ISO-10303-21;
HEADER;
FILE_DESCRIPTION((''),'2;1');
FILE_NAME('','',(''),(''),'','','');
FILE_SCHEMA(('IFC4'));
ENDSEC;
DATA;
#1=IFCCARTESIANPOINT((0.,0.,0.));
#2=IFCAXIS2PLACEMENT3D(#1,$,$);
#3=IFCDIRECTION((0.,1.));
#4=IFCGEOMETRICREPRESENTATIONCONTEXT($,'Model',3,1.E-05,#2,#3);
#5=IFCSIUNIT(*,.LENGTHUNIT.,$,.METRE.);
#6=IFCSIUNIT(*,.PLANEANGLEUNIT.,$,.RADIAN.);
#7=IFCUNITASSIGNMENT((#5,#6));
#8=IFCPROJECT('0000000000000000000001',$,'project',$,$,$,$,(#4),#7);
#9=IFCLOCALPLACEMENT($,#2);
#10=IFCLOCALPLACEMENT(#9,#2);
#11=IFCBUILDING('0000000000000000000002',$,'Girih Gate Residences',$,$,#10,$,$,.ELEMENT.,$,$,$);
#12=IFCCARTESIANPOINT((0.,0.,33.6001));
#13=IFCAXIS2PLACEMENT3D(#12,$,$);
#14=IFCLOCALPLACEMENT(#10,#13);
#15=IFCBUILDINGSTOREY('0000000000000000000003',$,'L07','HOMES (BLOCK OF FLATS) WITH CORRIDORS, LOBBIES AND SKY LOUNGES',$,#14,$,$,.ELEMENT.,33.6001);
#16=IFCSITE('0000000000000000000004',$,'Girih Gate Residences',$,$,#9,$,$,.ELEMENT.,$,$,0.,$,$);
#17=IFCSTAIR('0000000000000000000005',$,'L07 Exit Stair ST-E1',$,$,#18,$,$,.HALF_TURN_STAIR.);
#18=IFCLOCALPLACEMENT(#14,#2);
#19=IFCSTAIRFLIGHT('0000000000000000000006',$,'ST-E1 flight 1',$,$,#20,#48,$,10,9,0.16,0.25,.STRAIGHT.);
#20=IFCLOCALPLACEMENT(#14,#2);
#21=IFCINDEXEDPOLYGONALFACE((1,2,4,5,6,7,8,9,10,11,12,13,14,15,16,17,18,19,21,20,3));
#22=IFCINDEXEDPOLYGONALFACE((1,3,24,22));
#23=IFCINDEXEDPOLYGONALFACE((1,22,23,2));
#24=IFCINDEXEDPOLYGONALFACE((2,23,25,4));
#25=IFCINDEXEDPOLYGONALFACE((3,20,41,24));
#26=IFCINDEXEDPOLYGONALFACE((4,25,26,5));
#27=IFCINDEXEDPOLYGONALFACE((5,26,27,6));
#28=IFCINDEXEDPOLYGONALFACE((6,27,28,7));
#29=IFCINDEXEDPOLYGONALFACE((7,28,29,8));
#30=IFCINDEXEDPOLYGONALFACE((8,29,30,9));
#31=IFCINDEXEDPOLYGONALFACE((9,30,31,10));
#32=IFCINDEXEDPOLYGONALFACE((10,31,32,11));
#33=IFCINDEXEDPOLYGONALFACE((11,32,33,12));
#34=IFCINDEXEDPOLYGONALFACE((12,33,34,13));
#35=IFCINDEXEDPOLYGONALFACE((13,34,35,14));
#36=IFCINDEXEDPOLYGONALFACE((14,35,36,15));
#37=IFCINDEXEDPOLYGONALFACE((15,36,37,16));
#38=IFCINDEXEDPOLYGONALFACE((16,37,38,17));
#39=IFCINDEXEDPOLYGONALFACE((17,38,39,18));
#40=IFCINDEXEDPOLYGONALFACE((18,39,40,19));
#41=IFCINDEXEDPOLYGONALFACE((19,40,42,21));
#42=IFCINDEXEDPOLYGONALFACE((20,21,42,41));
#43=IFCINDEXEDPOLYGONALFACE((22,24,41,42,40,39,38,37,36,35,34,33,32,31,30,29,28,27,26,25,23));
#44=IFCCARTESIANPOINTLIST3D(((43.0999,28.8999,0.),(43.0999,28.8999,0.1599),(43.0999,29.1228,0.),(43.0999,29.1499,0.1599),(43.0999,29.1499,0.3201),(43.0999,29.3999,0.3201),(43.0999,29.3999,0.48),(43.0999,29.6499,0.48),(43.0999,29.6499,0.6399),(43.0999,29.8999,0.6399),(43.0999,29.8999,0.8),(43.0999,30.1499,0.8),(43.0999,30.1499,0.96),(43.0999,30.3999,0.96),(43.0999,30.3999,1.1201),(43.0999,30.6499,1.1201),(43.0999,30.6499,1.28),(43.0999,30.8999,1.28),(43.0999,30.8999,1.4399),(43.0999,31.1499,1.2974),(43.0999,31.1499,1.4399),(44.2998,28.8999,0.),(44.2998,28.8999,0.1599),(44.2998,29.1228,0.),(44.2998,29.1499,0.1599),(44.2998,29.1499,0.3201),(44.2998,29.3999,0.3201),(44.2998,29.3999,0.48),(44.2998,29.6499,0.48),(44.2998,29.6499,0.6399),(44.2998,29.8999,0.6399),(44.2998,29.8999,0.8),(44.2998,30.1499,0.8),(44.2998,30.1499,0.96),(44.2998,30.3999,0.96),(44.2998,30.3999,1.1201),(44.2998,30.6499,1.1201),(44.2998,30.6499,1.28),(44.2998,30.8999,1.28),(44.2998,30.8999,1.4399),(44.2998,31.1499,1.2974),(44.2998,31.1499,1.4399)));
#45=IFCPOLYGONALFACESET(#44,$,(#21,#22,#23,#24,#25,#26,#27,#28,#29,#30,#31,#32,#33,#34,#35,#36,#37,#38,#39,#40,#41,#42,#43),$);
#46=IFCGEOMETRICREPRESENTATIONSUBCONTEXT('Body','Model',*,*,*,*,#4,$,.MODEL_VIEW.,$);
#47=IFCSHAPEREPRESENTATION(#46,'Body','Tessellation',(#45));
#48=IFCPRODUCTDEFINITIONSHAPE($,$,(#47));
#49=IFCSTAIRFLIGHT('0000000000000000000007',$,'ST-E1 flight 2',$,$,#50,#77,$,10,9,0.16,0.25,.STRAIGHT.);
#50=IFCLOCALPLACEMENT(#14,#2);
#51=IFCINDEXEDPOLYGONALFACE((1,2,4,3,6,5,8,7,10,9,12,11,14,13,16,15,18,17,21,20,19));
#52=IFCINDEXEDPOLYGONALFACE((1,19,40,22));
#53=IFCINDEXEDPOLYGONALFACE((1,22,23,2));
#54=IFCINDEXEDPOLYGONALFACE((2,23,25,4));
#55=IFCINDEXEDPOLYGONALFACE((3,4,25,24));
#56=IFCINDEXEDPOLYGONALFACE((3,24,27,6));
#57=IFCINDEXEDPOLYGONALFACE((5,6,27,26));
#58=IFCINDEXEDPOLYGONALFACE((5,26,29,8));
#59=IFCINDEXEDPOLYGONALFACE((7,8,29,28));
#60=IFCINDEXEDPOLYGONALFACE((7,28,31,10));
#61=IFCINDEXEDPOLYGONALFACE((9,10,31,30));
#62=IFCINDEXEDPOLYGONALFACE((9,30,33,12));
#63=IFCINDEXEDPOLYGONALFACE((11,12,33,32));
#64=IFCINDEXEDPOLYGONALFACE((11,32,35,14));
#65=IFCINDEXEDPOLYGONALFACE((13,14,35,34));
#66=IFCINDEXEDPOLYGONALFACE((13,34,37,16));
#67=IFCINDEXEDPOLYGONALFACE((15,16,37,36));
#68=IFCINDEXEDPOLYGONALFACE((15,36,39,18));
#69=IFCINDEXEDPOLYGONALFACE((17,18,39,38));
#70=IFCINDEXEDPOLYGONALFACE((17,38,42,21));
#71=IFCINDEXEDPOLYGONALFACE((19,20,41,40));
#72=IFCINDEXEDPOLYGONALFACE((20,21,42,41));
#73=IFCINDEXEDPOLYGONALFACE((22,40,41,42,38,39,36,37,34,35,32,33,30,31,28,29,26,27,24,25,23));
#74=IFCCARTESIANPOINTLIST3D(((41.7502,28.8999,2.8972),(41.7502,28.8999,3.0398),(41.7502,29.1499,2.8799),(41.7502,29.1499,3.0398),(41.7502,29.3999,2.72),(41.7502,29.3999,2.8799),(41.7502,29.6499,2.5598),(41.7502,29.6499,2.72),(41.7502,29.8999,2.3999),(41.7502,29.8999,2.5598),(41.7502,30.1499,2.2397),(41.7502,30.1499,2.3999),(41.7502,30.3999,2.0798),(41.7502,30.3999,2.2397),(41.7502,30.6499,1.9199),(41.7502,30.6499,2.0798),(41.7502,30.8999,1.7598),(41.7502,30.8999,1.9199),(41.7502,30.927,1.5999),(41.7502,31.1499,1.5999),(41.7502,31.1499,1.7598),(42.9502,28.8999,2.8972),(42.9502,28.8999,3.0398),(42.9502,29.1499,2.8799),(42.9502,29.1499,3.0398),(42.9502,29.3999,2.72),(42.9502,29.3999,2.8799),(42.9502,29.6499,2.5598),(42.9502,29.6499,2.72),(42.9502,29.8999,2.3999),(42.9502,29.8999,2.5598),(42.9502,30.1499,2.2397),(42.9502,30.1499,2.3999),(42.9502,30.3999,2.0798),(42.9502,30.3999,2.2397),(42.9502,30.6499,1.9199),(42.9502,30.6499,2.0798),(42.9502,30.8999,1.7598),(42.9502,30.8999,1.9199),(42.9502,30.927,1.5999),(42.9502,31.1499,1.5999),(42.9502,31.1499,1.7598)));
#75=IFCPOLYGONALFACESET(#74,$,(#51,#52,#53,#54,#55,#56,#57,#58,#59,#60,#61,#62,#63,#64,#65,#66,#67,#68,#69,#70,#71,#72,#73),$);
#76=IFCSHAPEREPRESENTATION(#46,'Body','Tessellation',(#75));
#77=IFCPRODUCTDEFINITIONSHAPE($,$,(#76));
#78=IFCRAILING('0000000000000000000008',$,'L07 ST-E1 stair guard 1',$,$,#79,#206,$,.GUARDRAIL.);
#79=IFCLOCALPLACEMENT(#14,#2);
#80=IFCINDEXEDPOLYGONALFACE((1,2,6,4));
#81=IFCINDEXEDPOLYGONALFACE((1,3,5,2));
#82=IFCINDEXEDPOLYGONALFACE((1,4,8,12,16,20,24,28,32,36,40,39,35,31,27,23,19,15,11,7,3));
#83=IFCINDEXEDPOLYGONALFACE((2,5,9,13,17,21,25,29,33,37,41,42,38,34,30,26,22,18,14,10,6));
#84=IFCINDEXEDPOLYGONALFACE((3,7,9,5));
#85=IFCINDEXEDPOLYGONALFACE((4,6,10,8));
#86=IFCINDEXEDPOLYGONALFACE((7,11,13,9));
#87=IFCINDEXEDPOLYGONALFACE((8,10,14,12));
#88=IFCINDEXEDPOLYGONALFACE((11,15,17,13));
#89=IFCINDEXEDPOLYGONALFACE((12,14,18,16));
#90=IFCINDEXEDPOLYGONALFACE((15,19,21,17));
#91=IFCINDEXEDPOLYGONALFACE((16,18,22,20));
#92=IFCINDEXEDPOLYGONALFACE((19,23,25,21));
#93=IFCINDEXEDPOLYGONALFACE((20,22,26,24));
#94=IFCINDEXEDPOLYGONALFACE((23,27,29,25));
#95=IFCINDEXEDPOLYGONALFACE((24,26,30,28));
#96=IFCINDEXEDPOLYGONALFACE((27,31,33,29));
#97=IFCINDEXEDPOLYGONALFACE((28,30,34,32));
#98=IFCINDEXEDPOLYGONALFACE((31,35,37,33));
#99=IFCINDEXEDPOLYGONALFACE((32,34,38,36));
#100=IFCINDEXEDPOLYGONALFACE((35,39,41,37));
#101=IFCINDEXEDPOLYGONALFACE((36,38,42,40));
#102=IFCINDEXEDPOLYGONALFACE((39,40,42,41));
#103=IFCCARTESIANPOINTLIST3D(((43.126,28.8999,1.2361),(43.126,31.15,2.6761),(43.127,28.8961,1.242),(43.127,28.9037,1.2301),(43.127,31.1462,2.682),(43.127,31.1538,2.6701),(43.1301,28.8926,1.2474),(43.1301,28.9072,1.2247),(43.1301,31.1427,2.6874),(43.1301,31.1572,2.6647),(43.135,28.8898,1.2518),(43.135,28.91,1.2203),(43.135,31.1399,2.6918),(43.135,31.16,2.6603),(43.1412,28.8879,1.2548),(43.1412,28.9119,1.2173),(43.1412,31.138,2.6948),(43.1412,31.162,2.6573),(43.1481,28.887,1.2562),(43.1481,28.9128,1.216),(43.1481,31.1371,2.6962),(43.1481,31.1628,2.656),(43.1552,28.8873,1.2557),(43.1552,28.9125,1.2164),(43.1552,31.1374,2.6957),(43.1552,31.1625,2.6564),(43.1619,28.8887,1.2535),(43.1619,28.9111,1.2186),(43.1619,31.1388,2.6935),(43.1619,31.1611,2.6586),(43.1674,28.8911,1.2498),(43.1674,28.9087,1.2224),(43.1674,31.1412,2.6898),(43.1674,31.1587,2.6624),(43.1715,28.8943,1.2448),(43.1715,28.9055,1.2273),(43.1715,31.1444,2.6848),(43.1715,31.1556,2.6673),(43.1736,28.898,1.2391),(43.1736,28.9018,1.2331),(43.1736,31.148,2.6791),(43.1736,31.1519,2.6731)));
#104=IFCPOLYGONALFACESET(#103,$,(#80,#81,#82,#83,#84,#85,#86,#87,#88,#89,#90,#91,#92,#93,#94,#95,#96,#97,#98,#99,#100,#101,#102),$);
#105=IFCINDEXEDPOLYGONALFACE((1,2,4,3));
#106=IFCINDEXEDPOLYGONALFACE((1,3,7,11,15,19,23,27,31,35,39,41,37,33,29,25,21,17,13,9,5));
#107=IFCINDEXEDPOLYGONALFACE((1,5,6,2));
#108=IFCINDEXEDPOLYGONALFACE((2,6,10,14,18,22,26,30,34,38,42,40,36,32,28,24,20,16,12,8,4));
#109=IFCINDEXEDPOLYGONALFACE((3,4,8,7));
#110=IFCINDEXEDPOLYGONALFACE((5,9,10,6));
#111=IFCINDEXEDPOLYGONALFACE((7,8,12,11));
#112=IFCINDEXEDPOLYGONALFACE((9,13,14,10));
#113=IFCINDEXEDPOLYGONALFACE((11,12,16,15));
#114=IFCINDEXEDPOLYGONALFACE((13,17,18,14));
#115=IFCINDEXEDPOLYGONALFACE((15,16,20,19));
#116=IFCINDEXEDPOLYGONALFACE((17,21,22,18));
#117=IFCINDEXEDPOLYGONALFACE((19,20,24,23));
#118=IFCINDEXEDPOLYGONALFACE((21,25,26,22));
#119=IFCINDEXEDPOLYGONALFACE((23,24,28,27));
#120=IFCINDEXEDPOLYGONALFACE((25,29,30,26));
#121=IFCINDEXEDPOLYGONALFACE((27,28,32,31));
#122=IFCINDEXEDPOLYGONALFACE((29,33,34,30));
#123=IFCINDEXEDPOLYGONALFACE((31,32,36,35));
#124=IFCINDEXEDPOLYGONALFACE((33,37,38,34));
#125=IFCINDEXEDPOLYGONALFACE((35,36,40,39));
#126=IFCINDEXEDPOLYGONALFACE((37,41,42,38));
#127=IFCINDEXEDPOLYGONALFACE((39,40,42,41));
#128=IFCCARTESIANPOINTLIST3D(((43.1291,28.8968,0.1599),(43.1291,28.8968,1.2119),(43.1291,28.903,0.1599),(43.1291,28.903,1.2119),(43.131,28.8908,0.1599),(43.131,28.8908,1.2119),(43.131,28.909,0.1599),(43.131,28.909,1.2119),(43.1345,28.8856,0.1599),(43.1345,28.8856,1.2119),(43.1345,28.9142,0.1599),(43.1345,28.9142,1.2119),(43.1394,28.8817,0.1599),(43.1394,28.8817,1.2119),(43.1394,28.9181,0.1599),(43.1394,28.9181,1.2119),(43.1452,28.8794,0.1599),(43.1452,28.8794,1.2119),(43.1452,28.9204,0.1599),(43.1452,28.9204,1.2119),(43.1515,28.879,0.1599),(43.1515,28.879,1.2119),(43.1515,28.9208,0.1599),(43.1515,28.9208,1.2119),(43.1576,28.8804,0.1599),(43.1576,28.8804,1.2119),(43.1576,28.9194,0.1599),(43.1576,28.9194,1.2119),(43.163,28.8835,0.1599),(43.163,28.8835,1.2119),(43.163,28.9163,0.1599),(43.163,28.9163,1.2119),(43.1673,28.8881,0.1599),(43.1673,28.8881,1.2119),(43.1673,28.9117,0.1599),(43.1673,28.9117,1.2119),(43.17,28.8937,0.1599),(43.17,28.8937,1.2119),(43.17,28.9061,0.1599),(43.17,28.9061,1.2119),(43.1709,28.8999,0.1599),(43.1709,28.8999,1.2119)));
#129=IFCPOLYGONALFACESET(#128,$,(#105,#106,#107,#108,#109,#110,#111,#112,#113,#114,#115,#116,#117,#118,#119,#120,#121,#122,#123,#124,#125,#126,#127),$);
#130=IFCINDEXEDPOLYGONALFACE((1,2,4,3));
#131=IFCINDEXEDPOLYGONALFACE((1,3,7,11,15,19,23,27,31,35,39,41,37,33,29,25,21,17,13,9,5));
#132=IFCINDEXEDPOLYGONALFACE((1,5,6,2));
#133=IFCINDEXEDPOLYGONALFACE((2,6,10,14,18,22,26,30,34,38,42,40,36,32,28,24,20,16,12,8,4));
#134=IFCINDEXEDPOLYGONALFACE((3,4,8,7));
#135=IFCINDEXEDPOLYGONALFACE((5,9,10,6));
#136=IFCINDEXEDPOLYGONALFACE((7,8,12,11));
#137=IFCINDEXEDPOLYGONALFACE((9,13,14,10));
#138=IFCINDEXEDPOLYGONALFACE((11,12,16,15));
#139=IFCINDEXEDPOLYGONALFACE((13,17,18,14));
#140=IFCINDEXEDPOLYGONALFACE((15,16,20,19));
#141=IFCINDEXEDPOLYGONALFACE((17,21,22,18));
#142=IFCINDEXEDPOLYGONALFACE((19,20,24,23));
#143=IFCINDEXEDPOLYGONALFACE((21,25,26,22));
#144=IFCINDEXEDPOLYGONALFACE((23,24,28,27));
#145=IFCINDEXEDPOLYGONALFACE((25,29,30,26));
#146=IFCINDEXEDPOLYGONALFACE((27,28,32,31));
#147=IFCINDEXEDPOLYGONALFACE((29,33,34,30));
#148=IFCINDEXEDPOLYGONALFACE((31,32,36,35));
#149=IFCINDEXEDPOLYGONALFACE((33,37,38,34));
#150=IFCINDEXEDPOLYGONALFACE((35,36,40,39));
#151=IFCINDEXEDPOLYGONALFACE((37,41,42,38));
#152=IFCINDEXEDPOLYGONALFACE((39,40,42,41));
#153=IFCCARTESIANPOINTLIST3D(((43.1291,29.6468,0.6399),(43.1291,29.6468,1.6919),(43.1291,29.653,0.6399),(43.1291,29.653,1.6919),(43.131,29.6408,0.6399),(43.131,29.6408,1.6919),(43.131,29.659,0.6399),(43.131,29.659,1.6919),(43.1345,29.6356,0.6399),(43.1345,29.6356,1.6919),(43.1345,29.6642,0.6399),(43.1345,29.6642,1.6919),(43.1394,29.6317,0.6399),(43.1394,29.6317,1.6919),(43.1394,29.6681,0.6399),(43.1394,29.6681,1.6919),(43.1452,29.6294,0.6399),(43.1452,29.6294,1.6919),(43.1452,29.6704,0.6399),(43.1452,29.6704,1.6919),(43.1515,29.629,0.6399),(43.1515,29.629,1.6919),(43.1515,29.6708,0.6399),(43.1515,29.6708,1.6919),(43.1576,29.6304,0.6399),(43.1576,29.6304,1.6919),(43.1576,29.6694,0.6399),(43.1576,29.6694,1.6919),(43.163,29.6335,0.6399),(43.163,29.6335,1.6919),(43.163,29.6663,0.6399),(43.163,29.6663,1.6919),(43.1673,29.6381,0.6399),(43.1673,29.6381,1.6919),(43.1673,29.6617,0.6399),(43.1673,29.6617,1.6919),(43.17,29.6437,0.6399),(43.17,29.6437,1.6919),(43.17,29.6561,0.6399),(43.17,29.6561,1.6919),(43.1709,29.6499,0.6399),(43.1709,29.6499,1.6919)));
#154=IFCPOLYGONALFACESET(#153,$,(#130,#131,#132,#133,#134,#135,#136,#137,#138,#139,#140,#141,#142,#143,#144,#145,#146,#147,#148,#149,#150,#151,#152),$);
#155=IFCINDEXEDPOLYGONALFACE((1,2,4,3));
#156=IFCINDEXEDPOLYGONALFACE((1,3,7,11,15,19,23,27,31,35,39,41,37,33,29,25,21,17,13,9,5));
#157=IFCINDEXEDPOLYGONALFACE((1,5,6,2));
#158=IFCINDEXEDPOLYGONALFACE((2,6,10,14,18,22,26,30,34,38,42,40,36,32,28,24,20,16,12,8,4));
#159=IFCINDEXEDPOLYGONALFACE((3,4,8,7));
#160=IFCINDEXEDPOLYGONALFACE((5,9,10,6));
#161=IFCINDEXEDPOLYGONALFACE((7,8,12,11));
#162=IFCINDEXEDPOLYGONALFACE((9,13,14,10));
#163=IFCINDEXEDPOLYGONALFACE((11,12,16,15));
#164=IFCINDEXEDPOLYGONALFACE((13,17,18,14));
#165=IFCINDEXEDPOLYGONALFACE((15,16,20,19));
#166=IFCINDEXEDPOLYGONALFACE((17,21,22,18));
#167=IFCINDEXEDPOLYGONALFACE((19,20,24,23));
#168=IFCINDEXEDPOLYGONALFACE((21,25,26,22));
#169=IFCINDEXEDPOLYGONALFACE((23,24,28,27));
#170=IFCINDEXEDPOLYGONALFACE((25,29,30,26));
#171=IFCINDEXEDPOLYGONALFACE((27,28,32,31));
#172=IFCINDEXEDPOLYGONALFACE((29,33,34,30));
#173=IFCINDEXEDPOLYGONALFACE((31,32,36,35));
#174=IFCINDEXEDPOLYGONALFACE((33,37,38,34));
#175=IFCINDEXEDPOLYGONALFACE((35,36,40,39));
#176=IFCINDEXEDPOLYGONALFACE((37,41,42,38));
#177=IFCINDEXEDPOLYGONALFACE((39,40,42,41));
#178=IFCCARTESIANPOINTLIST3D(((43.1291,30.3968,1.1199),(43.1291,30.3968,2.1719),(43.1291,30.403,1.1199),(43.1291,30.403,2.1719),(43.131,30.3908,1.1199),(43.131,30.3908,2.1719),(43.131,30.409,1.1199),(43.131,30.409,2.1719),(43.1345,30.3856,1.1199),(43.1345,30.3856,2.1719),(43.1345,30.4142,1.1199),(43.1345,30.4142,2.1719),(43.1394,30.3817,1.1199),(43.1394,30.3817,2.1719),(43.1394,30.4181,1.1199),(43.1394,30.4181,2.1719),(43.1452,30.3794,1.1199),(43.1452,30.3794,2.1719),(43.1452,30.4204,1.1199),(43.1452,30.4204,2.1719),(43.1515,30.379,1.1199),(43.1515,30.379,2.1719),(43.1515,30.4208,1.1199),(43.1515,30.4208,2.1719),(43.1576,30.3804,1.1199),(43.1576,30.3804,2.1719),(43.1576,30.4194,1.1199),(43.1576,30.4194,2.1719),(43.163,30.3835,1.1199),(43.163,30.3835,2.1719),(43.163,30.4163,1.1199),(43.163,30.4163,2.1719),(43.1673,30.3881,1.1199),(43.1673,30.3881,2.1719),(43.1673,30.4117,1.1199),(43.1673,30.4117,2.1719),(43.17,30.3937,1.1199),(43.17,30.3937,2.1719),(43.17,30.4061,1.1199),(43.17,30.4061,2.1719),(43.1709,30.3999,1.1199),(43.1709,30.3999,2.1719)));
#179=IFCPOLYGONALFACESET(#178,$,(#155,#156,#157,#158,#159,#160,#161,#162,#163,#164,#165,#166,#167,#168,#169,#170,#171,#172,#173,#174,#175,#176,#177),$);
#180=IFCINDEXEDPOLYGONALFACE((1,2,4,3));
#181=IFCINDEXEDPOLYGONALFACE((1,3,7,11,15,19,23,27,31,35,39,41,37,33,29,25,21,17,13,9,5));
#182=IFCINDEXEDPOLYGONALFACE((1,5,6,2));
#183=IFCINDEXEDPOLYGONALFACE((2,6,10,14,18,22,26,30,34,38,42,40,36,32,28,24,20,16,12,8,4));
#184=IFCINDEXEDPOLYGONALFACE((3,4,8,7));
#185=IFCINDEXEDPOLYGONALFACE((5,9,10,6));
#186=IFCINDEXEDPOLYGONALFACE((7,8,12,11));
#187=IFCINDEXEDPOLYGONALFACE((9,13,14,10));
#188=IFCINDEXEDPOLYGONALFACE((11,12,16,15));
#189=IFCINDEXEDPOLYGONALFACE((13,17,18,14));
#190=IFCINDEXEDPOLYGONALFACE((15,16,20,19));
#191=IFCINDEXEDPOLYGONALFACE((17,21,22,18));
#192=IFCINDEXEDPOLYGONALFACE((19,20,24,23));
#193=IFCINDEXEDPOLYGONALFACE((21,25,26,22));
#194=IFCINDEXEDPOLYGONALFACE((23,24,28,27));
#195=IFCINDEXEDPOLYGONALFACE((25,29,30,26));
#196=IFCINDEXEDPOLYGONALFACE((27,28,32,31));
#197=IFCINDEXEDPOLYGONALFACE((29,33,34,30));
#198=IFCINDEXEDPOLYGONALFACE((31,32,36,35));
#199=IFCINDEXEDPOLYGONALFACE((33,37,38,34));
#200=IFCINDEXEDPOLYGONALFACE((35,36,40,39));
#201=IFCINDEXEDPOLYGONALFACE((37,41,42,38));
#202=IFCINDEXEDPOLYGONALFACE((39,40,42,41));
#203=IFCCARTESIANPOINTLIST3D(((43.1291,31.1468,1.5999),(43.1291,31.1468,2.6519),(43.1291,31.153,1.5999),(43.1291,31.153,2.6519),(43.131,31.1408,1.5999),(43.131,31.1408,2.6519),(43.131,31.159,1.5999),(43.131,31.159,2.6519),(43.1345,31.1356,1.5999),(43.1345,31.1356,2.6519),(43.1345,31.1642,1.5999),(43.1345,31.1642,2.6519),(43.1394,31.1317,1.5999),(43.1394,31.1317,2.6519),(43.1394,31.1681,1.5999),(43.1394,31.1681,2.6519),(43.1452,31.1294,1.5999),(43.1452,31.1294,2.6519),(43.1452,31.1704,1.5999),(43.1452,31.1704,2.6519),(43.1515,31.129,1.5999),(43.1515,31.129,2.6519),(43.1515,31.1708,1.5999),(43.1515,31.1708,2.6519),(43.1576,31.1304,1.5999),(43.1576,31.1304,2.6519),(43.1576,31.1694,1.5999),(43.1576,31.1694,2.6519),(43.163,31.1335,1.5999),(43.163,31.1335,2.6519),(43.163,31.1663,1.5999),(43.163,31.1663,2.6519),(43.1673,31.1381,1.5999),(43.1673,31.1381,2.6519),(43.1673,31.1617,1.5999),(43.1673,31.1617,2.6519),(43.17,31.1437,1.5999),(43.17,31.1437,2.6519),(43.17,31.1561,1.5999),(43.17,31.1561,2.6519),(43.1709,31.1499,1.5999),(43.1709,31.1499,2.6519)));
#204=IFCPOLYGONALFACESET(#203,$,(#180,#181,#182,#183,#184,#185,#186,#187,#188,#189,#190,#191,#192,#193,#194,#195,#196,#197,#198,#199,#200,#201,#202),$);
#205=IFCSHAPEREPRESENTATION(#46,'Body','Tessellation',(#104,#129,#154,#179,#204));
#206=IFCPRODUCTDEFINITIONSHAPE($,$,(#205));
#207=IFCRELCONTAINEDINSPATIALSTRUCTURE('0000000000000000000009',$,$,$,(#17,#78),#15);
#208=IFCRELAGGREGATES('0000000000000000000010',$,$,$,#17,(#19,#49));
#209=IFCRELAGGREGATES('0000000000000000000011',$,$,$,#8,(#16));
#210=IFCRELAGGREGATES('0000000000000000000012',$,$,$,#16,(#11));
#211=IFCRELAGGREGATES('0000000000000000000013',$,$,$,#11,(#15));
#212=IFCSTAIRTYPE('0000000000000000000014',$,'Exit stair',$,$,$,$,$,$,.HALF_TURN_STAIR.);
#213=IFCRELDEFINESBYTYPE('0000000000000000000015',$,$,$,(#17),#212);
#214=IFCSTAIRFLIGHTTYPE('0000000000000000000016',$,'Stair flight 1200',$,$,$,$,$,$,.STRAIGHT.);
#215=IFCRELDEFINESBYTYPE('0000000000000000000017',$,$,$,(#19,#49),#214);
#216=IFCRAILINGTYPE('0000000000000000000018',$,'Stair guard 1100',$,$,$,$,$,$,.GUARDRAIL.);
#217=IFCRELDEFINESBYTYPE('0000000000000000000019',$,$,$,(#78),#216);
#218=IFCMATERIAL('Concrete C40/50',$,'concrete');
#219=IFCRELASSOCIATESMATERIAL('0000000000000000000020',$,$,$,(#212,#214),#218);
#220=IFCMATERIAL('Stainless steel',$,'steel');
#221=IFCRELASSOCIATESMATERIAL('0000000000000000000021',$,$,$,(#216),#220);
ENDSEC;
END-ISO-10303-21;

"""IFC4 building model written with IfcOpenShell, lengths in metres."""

from ifc_helpers import new_model, si_unit, direction, frame, origin, origin_2d, place, context, subcontext, project, spatial, polyline, circle, outline, extrude, material, type_object, element, aggregate, save


model = new_model("IFC4")

# Units and contexts
model_context = context("Model", 3, precision=1e-05, world=origin(), true_north=direction((0.0, 1.0)))
body_context = subcontext(model_context, "Body", "Model", "MODEL_VIEW")
ifc_project = project(units=[si_unit("LENGTHUNIT", "METRE"), si_unit("PLANEANGLEUNIT", "RADIAN")], contexts=[model_context])

# Site, building, storey
site_placement = place(None, origin())
site = spatial("IfcSite", under=ifc_project, at=site_placement, Name="Girih Gate Residences", CompositionType="ELEMENT", RefElevation=0.0)
building_placement = place(site_placement, origin())
building = spatial("IfcBuilding", under=site, at=building_placement, Name="Girih Gate Residences", CompositionType="ELEMENT")
storey_placement = place(building_placement, frame((0.0, 0.0, 33.6001)))
storey = spatial("IfcBuildingStorey", under=building, at=storey_placement, Name="L07", Description="HOMES (BLOCK OF FLATS) WITH CORRIDORS, LOBBIES AND SKY LOUNGES", CompositionType="ELEMENT", Elevation=33.6001)

# Shared definitions
ifc_material_1 = material(Name="Concrete C40/50", Category="concrete")

# Stair, stair flights
stair_type = type_object("IfcStairType", Name="Exit stair", PredefinedType="HALF_TURN_STAIR", material=ifc_material_1)
stair_placement = place(storey_placement, origin())
stair = element("IfcStair", 1, at=stair_placement, inside=storey, type_object=stair_type, Name="L07 Exit Stair ST-E1", PredefinedType="HALF_TURN_STAIR")
stair_flight_type = type_object("IfcStairFlightType", Name="Stair flight 1200", PredefinedType="STRAIGHT", material=ifc_material_1)
stair_flight_1_placement = place(storey_placement, frame((43.7, 28.8999, 0.0), z_axis=(0.0, 0.0, 1.0), x_axis=(0.0, 1.0, 0.0)))
stair_flight_1 = element("IfcStairFlight", 2, at=stair_flight_1_placement, type_object=stair_flight_type, Name="ST-E1 flight 1", NumberOfRisers=10, NumberOfTreads=9, PredefinedType="STRAIGHT", RiserHeight=0.16, TreadLength=0.25, context=body_context, shape_type="SweptSolid", body=[
    extrude(outline(polyline([(0.0, 0.0), (0.0, 0.1599), (0.25, 0.1599), (0.25, 0.3201), (0.5, 0.3201), (0.5, 0.48), (0.75, 0.48), (0.75, 0.6399), (1.0, 0.6399), (1.0, 0.8), (1.25, 0.8), (1.25, 0.96), (1.5, 0.96), (1.5, 1.1201), (1.75, 1.1201), (1.75, 1.28), (2.0, 1.28), (2.0, 1.4399), (2.25, 1.4399), (2.25, 1.6001), (2.25, 1.2974), (0.2229, 0.0), (0.0, 0.0)])), frame((0.0, 0.6001, 0.0), z_axis=(0.0, -1.0, 0.0), x_axis=(1.0, 0.0, 0.0)), (0.0, 0.0, 1.0), 1.2),
])
stair_flight_2_placement = place(storey_placement, frame((42.3501, 31.1499, 1.5999), z_axis=(0.0, 0.0, 1.0), x_axis=(0.0, -1.0, 0.0)))
stair_flight_2 = element("IfcStairFlight", 3, at=stair_flight_2_placement, type_object=stair_flight_type, Name="ST-E1 flight 2", NumberOfRisers=10, NumberOfTreads=9, PredefinedType="STRAIGHT", RiserHeight=0.16, TreadLength=0.25, context=body_context, shape_type="SweptSolid", body=[
    extrude(outline(polyline([(0.0, 0.0), (0.0, 0.1599), (0.25, 0.1599), (0.25, 0.3201), (0.5, 0.3201), (0.5, 0.48), (0.75, 0.48), (0.75, 0.6399), (1.0, 0.6399), (1.0, 0.8), (1.25, 0.8), (1.25, 0.96), (1.5, 0.96), (1.5, 1.1201), (1.75, 1.1201), (1.75, 1.28), (2.0, 1.28), (2.0, 1.4399), (2.25, 1.4399), (2.25, 1.6001), (2.25, 1.2974), (0.2229, 0.0), (0.0, 0.0)])), frame((0.0, 0.6001, 0.0), z_axis=(0.0, -1.0, 0.0), x_axis=(1.0, 0.0, 0.0)), (0.0, 0.0, 1.0), 1.2),
])
aggregate(stair, [stair_flight_1, stair_flight_2])

# Railing
ifc_material_2 = material(Name="Stainless steel", Category="steel")
railing_type_1 = type_object("IfcRailingType", Name="Stair guard 1100", PredefinedType="GUARDRAIL", material=ifc_material_2)
railing_1_placement = place(storey_placement, frame((43.1499, 28.8999, 0.1599)))
element("IfcRailing", 4, at=railing_1_placement, inside=storey, type_object=railing_type_1, Name="L07 ST-E1 stair guard 1", PredefinedType="GUARDRAIL", context=body_context, shape_type="SweptSolid", body=[
    extrude(circle(Radius=0.0239, at=origin_2d()), frame((0.0, 0.0, 1.0762), z_axis=(0.0, 0.842281, 0.539038), x_axis=(-1.0, 0.0, 0.0)), (0.0, 0.0, 1.0), 2.6714),
    extrude(circle(Radius=0.021, at=origin_2d()), origin(), (0.0, 0.0, 1.0), 1.052),
    extrude(circle(Radius=0.021, at=origin_2d()), frame((0.0, 0.75, 0.48)), (0.0, 0.0, 1.0), 1.052),
    extrude(circle(Radius=0.021, at=origin_2d()), frame((0.0, 1.5, 0.96)), (0.0, 0.0, 1.0), 1.052),
    extrude(circle(Radius=0.021, at=origin_2d()), frame((0.0, 2.25, 1.4399)), (0.0, 0.0, 1.0), 1.052),
])

save(model, "model.ifc")
